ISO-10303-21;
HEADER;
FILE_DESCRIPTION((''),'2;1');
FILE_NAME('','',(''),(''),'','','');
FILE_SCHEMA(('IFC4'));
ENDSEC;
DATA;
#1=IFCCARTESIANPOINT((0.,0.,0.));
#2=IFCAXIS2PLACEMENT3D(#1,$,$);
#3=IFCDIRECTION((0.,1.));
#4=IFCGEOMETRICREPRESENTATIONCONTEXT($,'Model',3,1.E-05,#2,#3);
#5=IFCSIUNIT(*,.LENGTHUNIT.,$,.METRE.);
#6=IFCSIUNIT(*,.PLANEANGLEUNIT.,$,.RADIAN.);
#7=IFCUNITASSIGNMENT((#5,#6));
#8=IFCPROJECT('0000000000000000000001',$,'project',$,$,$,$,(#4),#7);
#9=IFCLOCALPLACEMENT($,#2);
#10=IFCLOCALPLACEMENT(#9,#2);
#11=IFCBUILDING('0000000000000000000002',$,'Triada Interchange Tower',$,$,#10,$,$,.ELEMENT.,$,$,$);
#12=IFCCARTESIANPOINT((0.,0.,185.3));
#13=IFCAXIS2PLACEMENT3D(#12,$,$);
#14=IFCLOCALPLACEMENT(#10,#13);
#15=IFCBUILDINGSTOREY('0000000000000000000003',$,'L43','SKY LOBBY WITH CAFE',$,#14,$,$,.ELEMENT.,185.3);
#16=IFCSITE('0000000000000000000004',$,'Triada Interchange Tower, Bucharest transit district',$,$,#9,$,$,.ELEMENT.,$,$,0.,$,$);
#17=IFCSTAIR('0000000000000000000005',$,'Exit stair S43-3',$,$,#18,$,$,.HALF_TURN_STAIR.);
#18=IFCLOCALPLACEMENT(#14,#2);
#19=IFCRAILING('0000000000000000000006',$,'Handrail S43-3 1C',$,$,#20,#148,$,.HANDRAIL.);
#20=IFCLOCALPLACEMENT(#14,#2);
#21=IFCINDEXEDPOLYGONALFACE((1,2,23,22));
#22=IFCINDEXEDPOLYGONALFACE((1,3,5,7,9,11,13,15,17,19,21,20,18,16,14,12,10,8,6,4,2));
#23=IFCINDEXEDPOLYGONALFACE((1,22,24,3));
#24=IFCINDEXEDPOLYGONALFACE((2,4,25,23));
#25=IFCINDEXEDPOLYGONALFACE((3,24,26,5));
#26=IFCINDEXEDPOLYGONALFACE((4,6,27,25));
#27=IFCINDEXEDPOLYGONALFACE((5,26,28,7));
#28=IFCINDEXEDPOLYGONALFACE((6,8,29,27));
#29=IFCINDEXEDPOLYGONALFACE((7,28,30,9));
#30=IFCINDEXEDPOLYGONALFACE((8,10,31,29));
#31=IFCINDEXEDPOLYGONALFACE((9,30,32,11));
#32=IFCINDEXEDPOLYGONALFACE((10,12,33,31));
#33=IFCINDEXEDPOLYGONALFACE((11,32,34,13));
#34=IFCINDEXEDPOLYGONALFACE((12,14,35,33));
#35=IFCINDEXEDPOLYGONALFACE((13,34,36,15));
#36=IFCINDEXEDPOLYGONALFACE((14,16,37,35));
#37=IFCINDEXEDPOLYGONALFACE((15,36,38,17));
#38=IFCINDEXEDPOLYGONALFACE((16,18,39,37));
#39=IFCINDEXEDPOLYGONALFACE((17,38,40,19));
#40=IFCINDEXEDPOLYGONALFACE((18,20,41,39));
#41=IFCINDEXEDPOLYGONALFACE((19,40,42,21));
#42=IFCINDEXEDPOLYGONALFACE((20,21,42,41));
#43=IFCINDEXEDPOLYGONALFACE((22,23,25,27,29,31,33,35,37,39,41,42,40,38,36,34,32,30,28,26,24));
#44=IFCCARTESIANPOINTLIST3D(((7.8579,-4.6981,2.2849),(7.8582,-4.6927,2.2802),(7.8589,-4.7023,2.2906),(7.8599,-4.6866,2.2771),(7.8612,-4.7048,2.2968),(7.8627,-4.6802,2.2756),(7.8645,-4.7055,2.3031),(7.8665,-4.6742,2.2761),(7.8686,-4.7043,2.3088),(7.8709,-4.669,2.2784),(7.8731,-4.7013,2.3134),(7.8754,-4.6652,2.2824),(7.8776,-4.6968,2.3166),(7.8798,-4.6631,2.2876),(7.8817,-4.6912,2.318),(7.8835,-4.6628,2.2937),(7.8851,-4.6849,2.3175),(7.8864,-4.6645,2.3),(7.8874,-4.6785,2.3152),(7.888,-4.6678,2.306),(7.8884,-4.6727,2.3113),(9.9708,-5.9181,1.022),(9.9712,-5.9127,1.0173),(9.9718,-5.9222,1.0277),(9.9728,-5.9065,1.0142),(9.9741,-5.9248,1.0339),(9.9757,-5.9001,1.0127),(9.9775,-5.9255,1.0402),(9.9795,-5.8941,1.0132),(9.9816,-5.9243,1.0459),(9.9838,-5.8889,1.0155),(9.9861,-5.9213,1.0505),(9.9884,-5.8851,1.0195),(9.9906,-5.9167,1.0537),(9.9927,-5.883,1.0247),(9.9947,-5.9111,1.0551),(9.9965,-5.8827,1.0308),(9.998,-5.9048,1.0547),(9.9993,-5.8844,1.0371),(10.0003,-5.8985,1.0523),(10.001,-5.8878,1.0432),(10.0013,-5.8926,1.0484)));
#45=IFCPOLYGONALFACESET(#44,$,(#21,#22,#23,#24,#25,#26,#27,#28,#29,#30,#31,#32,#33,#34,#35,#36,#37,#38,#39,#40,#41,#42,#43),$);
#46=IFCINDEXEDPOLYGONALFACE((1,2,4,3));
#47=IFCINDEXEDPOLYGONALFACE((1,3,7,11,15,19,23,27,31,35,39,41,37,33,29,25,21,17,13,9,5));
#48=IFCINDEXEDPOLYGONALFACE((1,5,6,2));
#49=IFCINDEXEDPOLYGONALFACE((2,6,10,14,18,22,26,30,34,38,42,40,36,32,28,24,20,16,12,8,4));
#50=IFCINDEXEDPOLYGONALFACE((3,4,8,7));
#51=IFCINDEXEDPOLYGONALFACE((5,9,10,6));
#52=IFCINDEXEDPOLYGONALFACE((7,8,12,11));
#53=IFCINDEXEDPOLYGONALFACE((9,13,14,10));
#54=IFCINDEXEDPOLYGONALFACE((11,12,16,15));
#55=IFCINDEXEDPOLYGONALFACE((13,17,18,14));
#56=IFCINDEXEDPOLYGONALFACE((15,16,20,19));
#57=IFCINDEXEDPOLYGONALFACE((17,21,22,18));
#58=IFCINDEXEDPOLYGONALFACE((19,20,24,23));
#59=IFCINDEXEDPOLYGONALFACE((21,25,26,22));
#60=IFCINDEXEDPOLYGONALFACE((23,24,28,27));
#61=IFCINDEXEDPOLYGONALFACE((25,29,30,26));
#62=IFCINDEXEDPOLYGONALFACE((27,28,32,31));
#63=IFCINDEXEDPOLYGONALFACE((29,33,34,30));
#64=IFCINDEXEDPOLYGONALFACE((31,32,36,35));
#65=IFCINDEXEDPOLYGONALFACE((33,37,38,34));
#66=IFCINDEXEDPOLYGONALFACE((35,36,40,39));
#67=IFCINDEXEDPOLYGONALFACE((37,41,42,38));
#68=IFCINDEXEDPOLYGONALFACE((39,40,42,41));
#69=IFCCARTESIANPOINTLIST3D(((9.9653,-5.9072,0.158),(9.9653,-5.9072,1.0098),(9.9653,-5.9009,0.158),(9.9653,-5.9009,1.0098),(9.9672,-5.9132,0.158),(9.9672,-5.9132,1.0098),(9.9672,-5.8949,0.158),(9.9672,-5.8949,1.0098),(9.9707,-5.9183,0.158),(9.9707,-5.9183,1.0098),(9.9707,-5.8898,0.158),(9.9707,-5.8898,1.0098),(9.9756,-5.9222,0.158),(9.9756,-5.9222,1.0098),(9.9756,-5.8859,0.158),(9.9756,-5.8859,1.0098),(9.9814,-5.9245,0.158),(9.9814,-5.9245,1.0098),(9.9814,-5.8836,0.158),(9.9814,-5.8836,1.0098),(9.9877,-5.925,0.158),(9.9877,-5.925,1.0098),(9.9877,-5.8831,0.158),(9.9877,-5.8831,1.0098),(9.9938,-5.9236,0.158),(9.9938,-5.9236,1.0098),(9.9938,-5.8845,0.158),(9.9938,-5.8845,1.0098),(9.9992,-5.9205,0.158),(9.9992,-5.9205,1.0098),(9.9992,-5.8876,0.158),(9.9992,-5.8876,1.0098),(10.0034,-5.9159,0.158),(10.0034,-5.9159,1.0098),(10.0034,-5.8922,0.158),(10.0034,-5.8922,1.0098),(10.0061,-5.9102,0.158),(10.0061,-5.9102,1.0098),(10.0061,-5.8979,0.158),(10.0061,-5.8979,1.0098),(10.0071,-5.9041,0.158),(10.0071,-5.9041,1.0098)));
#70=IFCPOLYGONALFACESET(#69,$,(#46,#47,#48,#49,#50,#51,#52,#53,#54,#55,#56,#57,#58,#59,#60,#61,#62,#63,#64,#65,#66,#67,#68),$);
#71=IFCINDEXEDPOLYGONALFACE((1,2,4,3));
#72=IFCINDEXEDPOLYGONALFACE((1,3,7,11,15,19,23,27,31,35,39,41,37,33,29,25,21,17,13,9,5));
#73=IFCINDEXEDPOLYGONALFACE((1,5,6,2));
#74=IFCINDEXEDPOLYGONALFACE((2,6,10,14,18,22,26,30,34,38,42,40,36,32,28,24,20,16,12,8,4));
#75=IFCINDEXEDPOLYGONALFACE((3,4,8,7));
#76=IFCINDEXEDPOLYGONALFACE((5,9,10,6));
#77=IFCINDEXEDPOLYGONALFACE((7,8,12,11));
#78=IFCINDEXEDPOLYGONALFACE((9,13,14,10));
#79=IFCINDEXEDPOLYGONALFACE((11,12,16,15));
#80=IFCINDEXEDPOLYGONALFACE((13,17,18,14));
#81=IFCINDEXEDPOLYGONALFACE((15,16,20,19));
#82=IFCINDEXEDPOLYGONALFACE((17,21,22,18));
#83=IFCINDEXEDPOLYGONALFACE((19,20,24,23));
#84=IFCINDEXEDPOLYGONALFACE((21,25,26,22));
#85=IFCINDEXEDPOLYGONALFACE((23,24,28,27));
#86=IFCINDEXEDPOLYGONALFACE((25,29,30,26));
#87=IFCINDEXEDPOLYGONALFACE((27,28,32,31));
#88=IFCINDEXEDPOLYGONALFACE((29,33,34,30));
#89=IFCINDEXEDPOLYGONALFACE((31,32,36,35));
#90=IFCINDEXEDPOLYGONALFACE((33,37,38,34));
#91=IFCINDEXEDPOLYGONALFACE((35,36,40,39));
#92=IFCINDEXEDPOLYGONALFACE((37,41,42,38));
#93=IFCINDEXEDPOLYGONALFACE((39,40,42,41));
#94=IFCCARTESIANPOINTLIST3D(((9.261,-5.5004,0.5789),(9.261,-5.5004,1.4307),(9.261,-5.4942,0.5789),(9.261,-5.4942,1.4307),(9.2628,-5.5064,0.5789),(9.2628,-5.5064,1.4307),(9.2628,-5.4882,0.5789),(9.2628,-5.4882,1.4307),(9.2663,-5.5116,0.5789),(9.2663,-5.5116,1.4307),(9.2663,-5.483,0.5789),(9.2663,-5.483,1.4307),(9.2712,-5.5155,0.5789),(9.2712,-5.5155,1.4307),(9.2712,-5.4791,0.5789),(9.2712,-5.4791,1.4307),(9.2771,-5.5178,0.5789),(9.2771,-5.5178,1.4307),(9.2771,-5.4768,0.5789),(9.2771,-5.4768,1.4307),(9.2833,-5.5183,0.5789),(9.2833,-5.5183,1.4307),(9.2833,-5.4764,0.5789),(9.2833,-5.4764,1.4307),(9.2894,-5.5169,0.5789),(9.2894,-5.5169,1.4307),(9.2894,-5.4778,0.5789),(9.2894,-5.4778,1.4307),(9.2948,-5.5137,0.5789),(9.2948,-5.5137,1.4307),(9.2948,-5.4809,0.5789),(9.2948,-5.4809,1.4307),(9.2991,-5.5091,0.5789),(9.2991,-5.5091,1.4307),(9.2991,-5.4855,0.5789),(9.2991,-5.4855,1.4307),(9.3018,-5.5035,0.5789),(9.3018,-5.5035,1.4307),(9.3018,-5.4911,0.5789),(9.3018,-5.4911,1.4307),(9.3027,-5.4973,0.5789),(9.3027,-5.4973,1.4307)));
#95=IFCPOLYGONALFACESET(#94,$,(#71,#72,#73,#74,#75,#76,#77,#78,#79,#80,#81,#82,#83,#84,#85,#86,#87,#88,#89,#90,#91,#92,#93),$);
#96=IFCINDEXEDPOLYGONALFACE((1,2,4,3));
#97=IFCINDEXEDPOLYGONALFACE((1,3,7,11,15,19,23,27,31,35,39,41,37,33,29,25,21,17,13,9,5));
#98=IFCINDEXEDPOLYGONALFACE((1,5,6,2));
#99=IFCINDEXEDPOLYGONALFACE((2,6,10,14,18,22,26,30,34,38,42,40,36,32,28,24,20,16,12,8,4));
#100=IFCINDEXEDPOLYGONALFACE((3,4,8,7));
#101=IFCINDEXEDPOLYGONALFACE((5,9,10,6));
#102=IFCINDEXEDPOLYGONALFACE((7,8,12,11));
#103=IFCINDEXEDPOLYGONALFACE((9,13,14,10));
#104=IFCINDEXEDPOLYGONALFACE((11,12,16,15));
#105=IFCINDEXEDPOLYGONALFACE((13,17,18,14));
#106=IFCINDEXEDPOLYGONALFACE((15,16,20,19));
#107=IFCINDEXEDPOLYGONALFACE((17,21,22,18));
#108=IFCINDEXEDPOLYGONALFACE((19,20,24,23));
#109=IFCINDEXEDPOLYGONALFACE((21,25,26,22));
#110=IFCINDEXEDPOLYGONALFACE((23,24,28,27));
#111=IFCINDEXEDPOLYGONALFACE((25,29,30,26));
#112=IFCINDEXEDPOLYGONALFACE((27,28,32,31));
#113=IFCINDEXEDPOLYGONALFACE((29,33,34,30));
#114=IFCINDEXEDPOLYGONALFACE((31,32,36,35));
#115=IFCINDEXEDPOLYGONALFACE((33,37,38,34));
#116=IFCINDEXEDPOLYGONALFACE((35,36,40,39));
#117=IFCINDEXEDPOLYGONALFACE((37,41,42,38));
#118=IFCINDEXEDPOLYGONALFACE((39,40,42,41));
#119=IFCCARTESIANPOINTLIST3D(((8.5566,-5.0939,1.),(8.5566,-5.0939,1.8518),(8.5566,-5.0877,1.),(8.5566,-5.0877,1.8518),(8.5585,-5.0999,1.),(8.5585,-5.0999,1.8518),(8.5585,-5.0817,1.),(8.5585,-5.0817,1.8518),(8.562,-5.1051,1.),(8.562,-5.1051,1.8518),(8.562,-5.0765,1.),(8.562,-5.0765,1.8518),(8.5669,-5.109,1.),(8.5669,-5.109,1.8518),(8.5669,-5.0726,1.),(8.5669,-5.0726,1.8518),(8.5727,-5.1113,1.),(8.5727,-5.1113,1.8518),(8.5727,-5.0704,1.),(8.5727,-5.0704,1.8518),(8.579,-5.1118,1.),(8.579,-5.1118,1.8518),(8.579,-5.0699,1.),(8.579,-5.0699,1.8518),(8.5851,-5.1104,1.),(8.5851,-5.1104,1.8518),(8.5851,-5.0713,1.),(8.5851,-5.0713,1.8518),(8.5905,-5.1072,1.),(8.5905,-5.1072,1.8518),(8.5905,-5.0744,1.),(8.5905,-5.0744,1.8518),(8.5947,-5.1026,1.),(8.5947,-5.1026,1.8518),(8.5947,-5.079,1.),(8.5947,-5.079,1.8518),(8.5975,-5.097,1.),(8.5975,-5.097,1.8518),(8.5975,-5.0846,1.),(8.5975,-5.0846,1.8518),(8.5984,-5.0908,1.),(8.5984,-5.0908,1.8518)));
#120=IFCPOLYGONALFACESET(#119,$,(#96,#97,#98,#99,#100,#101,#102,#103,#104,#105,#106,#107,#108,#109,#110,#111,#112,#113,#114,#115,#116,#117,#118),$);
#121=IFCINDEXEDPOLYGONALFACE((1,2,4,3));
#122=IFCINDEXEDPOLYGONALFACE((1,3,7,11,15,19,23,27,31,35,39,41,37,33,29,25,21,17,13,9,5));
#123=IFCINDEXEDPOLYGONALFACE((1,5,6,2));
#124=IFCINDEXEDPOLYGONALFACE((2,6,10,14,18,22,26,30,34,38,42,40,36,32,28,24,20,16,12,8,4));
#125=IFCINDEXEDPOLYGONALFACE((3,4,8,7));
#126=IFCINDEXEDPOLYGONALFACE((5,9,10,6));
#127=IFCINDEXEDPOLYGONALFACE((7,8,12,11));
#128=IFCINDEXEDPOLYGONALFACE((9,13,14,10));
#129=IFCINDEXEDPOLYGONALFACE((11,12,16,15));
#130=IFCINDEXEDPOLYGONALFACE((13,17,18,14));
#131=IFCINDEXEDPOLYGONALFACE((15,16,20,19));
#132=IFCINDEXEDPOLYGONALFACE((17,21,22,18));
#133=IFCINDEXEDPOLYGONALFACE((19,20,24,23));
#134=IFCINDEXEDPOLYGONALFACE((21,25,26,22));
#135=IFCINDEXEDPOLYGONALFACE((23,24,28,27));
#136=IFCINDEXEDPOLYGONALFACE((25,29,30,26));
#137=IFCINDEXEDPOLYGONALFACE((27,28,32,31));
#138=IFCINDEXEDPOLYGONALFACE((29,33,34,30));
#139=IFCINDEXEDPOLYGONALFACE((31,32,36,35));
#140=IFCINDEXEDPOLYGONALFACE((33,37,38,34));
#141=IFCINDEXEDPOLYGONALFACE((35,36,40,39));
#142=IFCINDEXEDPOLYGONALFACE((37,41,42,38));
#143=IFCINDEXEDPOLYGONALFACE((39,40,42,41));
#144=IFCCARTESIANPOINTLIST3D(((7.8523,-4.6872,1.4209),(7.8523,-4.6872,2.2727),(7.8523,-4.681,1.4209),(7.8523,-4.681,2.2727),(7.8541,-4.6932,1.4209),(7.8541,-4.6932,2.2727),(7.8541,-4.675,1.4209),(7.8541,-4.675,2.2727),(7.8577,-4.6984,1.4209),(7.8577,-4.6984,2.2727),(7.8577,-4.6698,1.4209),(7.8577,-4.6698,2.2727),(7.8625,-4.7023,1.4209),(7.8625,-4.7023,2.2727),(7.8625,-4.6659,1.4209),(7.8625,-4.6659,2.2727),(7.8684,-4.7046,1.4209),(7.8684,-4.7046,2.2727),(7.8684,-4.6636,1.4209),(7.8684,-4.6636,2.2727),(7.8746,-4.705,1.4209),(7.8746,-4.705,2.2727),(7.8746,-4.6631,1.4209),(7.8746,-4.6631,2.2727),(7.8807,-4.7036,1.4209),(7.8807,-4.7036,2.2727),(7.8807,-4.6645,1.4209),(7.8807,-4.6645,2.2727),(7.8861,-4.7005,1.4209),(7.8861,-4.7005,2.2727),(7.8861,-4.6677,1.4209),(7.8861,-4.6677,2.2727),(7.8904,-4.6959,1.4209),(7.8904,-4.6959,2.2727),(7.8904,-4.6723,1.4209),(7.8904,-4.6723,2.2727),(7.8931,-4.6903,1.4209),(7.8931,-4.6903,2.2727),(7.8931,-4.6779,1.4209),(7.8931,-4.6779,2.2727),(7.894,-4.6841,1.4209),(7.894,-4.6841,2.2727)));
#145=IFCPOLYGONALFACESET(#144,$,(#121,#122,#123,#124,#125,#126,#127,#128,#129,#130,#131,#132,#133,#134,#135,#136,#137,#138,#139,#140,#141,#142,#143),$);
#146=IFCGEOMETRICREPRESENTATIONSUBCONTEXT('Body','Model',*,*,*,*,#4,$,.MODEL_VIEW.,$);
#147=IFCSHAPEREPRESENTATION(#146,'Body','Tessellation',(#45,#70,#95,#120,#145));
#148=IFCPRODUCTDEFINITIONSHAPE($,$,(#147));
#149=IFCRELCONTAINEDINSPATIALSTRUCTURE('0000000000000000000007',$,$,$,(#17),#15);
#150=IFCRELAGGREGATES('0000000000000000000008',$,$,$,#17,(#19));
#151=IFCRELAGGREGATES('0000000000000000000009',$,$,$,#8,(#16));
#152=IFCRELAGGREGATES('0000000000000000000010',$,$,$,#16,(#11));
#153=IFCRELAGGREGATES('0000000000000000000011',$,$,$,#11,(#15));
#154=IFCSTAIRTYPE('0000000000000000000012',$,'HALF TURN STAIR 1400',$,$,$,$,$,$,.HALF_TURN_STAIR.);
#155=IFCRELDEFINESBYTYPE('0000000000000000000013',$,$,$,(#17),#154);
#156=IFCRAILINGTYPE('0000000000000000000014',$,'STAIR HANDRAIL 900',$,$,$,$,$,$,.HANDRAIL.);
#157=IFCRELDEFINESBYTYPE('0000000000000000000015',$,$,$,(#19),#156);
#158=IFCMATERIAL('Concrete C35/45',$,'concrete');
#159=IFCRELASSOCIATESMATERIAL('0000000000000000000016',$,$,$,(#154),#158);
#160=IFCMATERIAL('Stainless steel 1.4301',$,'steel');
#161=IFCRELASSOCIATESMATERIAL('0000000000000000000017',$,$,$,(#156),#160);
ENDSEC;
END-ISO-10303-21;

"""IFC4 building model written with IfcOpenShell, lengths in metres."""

from ifc_helpers import new_model, si_unit, direction, frame, origin, origin_2d, place, context, subcontext, project, spatial, circle, extrude, material, type_object, element, aggregate, save


model = new_model("IFC4")

# Units and contexts
model_context = context("Model", 3, precision=1e-05, world=origin(), true_north=direction((0.0, 1.0)))
body_context = subcontext(model_context, "Body", "Model", "MODEL_VIEW")
ifc_project = project(units=[si_unit("LENGTHUNIT", "METRE"), si_unit("PLANEANGLEUNIT", "RADIAN")], contexts=[model_context])

# Site, building, storey
site_placement = place(None, origin())
site = spatial("IfcSite", under=ifc_project, at=site_placement, Name="Triada Interchange Tower, Bucharest transit district", CompositionType="ELEMENT", RefElevation=0.0)
building_placement = place(site_placement, origin())
building = spatial("IfcBuilding", under=site, at=building_placement, Name="Triada Interchange Tower", CompositionType="ELEMENT")
storey_placement = place(building_placement, frame((0.0, 0.0, 185.3)))
storey = spatial("IfcBuildingStorey", under=building, at=storey_placement, Name="L43", Description="SKY LOBBY WITH CAFE", CompositionType="ELEMENT", Elevation=185.3)

# Shared definitions
ifc_material_1 = material(Name="Concrete C35/45", Category="concrete")

# Stair
stair_type = type_object("IfcStairType", Name="HALF TURN STAIR 1400", PredefinedType="HALF_TURN_STAIR", material=ifc_material_1)
stair_placement = place(storey_placement, origin())
stair = element("IfcStair", 1, at=stair_placement, inside=storey, type_object=stair_type, Name="Exit stair S43-3", PredefinedType="HALF_TURN_STAIR")

# Railing
ifc_material_2 = material(Name="Stainless steel 1.4301", Category="steel")
railing_type_1 = type_object("IfcRailingType", Name="STAIR HANDRAIL 900", PredefinedType="HANDRAIL", material=ifc_material_2)
railing_1_placement = place(storey_placement, frame((9.9861, -5.9041, 0.158)))
railing_1 = element("IfcRailing", 2, at=railing_1_placement, type_object=railing_type_1, Name="Handrail S43-3 1C", PredefinedType="HANDRAIL", context=body_context, shape_type="SweptSolid", body=[
    extrude(circle(Radius=0.0239, at=origin_2d()), frame((0.0, 0.0, 0.876), z_axis=(-0.769101, 0.444044, 0.459683), x_axis=(-0.500003, -0.866024, 0.0)), (0.0, 0.0, 1.0), 2.7473),
    extrude(circle(Radius=0.021, at=origin_2d()), origin(), (0.0, 0.0, 1.0), 0.8518),
    extrude(circle(Radius=0.021, at=origin_2d()), frame((-0.7043, 0.4067, 0.4209)), (0.0, 0.0, 1.0), 0.8518),
    extrude(circle(Radius=0.021, at=origin_2d()), frame((-1.4087, 0.8132, 0.842)), (0.0, 0.0, 1.0), 0.8518),
    extrude(circle(Radius=0.021, at=origin_2d()), frame((-2.113, 1.22, 1.2629)), (0.0, 0.0, 1.0), 0.8518),
])
aggregate(stair, [railing_1])

save(model, "model.ifc")
